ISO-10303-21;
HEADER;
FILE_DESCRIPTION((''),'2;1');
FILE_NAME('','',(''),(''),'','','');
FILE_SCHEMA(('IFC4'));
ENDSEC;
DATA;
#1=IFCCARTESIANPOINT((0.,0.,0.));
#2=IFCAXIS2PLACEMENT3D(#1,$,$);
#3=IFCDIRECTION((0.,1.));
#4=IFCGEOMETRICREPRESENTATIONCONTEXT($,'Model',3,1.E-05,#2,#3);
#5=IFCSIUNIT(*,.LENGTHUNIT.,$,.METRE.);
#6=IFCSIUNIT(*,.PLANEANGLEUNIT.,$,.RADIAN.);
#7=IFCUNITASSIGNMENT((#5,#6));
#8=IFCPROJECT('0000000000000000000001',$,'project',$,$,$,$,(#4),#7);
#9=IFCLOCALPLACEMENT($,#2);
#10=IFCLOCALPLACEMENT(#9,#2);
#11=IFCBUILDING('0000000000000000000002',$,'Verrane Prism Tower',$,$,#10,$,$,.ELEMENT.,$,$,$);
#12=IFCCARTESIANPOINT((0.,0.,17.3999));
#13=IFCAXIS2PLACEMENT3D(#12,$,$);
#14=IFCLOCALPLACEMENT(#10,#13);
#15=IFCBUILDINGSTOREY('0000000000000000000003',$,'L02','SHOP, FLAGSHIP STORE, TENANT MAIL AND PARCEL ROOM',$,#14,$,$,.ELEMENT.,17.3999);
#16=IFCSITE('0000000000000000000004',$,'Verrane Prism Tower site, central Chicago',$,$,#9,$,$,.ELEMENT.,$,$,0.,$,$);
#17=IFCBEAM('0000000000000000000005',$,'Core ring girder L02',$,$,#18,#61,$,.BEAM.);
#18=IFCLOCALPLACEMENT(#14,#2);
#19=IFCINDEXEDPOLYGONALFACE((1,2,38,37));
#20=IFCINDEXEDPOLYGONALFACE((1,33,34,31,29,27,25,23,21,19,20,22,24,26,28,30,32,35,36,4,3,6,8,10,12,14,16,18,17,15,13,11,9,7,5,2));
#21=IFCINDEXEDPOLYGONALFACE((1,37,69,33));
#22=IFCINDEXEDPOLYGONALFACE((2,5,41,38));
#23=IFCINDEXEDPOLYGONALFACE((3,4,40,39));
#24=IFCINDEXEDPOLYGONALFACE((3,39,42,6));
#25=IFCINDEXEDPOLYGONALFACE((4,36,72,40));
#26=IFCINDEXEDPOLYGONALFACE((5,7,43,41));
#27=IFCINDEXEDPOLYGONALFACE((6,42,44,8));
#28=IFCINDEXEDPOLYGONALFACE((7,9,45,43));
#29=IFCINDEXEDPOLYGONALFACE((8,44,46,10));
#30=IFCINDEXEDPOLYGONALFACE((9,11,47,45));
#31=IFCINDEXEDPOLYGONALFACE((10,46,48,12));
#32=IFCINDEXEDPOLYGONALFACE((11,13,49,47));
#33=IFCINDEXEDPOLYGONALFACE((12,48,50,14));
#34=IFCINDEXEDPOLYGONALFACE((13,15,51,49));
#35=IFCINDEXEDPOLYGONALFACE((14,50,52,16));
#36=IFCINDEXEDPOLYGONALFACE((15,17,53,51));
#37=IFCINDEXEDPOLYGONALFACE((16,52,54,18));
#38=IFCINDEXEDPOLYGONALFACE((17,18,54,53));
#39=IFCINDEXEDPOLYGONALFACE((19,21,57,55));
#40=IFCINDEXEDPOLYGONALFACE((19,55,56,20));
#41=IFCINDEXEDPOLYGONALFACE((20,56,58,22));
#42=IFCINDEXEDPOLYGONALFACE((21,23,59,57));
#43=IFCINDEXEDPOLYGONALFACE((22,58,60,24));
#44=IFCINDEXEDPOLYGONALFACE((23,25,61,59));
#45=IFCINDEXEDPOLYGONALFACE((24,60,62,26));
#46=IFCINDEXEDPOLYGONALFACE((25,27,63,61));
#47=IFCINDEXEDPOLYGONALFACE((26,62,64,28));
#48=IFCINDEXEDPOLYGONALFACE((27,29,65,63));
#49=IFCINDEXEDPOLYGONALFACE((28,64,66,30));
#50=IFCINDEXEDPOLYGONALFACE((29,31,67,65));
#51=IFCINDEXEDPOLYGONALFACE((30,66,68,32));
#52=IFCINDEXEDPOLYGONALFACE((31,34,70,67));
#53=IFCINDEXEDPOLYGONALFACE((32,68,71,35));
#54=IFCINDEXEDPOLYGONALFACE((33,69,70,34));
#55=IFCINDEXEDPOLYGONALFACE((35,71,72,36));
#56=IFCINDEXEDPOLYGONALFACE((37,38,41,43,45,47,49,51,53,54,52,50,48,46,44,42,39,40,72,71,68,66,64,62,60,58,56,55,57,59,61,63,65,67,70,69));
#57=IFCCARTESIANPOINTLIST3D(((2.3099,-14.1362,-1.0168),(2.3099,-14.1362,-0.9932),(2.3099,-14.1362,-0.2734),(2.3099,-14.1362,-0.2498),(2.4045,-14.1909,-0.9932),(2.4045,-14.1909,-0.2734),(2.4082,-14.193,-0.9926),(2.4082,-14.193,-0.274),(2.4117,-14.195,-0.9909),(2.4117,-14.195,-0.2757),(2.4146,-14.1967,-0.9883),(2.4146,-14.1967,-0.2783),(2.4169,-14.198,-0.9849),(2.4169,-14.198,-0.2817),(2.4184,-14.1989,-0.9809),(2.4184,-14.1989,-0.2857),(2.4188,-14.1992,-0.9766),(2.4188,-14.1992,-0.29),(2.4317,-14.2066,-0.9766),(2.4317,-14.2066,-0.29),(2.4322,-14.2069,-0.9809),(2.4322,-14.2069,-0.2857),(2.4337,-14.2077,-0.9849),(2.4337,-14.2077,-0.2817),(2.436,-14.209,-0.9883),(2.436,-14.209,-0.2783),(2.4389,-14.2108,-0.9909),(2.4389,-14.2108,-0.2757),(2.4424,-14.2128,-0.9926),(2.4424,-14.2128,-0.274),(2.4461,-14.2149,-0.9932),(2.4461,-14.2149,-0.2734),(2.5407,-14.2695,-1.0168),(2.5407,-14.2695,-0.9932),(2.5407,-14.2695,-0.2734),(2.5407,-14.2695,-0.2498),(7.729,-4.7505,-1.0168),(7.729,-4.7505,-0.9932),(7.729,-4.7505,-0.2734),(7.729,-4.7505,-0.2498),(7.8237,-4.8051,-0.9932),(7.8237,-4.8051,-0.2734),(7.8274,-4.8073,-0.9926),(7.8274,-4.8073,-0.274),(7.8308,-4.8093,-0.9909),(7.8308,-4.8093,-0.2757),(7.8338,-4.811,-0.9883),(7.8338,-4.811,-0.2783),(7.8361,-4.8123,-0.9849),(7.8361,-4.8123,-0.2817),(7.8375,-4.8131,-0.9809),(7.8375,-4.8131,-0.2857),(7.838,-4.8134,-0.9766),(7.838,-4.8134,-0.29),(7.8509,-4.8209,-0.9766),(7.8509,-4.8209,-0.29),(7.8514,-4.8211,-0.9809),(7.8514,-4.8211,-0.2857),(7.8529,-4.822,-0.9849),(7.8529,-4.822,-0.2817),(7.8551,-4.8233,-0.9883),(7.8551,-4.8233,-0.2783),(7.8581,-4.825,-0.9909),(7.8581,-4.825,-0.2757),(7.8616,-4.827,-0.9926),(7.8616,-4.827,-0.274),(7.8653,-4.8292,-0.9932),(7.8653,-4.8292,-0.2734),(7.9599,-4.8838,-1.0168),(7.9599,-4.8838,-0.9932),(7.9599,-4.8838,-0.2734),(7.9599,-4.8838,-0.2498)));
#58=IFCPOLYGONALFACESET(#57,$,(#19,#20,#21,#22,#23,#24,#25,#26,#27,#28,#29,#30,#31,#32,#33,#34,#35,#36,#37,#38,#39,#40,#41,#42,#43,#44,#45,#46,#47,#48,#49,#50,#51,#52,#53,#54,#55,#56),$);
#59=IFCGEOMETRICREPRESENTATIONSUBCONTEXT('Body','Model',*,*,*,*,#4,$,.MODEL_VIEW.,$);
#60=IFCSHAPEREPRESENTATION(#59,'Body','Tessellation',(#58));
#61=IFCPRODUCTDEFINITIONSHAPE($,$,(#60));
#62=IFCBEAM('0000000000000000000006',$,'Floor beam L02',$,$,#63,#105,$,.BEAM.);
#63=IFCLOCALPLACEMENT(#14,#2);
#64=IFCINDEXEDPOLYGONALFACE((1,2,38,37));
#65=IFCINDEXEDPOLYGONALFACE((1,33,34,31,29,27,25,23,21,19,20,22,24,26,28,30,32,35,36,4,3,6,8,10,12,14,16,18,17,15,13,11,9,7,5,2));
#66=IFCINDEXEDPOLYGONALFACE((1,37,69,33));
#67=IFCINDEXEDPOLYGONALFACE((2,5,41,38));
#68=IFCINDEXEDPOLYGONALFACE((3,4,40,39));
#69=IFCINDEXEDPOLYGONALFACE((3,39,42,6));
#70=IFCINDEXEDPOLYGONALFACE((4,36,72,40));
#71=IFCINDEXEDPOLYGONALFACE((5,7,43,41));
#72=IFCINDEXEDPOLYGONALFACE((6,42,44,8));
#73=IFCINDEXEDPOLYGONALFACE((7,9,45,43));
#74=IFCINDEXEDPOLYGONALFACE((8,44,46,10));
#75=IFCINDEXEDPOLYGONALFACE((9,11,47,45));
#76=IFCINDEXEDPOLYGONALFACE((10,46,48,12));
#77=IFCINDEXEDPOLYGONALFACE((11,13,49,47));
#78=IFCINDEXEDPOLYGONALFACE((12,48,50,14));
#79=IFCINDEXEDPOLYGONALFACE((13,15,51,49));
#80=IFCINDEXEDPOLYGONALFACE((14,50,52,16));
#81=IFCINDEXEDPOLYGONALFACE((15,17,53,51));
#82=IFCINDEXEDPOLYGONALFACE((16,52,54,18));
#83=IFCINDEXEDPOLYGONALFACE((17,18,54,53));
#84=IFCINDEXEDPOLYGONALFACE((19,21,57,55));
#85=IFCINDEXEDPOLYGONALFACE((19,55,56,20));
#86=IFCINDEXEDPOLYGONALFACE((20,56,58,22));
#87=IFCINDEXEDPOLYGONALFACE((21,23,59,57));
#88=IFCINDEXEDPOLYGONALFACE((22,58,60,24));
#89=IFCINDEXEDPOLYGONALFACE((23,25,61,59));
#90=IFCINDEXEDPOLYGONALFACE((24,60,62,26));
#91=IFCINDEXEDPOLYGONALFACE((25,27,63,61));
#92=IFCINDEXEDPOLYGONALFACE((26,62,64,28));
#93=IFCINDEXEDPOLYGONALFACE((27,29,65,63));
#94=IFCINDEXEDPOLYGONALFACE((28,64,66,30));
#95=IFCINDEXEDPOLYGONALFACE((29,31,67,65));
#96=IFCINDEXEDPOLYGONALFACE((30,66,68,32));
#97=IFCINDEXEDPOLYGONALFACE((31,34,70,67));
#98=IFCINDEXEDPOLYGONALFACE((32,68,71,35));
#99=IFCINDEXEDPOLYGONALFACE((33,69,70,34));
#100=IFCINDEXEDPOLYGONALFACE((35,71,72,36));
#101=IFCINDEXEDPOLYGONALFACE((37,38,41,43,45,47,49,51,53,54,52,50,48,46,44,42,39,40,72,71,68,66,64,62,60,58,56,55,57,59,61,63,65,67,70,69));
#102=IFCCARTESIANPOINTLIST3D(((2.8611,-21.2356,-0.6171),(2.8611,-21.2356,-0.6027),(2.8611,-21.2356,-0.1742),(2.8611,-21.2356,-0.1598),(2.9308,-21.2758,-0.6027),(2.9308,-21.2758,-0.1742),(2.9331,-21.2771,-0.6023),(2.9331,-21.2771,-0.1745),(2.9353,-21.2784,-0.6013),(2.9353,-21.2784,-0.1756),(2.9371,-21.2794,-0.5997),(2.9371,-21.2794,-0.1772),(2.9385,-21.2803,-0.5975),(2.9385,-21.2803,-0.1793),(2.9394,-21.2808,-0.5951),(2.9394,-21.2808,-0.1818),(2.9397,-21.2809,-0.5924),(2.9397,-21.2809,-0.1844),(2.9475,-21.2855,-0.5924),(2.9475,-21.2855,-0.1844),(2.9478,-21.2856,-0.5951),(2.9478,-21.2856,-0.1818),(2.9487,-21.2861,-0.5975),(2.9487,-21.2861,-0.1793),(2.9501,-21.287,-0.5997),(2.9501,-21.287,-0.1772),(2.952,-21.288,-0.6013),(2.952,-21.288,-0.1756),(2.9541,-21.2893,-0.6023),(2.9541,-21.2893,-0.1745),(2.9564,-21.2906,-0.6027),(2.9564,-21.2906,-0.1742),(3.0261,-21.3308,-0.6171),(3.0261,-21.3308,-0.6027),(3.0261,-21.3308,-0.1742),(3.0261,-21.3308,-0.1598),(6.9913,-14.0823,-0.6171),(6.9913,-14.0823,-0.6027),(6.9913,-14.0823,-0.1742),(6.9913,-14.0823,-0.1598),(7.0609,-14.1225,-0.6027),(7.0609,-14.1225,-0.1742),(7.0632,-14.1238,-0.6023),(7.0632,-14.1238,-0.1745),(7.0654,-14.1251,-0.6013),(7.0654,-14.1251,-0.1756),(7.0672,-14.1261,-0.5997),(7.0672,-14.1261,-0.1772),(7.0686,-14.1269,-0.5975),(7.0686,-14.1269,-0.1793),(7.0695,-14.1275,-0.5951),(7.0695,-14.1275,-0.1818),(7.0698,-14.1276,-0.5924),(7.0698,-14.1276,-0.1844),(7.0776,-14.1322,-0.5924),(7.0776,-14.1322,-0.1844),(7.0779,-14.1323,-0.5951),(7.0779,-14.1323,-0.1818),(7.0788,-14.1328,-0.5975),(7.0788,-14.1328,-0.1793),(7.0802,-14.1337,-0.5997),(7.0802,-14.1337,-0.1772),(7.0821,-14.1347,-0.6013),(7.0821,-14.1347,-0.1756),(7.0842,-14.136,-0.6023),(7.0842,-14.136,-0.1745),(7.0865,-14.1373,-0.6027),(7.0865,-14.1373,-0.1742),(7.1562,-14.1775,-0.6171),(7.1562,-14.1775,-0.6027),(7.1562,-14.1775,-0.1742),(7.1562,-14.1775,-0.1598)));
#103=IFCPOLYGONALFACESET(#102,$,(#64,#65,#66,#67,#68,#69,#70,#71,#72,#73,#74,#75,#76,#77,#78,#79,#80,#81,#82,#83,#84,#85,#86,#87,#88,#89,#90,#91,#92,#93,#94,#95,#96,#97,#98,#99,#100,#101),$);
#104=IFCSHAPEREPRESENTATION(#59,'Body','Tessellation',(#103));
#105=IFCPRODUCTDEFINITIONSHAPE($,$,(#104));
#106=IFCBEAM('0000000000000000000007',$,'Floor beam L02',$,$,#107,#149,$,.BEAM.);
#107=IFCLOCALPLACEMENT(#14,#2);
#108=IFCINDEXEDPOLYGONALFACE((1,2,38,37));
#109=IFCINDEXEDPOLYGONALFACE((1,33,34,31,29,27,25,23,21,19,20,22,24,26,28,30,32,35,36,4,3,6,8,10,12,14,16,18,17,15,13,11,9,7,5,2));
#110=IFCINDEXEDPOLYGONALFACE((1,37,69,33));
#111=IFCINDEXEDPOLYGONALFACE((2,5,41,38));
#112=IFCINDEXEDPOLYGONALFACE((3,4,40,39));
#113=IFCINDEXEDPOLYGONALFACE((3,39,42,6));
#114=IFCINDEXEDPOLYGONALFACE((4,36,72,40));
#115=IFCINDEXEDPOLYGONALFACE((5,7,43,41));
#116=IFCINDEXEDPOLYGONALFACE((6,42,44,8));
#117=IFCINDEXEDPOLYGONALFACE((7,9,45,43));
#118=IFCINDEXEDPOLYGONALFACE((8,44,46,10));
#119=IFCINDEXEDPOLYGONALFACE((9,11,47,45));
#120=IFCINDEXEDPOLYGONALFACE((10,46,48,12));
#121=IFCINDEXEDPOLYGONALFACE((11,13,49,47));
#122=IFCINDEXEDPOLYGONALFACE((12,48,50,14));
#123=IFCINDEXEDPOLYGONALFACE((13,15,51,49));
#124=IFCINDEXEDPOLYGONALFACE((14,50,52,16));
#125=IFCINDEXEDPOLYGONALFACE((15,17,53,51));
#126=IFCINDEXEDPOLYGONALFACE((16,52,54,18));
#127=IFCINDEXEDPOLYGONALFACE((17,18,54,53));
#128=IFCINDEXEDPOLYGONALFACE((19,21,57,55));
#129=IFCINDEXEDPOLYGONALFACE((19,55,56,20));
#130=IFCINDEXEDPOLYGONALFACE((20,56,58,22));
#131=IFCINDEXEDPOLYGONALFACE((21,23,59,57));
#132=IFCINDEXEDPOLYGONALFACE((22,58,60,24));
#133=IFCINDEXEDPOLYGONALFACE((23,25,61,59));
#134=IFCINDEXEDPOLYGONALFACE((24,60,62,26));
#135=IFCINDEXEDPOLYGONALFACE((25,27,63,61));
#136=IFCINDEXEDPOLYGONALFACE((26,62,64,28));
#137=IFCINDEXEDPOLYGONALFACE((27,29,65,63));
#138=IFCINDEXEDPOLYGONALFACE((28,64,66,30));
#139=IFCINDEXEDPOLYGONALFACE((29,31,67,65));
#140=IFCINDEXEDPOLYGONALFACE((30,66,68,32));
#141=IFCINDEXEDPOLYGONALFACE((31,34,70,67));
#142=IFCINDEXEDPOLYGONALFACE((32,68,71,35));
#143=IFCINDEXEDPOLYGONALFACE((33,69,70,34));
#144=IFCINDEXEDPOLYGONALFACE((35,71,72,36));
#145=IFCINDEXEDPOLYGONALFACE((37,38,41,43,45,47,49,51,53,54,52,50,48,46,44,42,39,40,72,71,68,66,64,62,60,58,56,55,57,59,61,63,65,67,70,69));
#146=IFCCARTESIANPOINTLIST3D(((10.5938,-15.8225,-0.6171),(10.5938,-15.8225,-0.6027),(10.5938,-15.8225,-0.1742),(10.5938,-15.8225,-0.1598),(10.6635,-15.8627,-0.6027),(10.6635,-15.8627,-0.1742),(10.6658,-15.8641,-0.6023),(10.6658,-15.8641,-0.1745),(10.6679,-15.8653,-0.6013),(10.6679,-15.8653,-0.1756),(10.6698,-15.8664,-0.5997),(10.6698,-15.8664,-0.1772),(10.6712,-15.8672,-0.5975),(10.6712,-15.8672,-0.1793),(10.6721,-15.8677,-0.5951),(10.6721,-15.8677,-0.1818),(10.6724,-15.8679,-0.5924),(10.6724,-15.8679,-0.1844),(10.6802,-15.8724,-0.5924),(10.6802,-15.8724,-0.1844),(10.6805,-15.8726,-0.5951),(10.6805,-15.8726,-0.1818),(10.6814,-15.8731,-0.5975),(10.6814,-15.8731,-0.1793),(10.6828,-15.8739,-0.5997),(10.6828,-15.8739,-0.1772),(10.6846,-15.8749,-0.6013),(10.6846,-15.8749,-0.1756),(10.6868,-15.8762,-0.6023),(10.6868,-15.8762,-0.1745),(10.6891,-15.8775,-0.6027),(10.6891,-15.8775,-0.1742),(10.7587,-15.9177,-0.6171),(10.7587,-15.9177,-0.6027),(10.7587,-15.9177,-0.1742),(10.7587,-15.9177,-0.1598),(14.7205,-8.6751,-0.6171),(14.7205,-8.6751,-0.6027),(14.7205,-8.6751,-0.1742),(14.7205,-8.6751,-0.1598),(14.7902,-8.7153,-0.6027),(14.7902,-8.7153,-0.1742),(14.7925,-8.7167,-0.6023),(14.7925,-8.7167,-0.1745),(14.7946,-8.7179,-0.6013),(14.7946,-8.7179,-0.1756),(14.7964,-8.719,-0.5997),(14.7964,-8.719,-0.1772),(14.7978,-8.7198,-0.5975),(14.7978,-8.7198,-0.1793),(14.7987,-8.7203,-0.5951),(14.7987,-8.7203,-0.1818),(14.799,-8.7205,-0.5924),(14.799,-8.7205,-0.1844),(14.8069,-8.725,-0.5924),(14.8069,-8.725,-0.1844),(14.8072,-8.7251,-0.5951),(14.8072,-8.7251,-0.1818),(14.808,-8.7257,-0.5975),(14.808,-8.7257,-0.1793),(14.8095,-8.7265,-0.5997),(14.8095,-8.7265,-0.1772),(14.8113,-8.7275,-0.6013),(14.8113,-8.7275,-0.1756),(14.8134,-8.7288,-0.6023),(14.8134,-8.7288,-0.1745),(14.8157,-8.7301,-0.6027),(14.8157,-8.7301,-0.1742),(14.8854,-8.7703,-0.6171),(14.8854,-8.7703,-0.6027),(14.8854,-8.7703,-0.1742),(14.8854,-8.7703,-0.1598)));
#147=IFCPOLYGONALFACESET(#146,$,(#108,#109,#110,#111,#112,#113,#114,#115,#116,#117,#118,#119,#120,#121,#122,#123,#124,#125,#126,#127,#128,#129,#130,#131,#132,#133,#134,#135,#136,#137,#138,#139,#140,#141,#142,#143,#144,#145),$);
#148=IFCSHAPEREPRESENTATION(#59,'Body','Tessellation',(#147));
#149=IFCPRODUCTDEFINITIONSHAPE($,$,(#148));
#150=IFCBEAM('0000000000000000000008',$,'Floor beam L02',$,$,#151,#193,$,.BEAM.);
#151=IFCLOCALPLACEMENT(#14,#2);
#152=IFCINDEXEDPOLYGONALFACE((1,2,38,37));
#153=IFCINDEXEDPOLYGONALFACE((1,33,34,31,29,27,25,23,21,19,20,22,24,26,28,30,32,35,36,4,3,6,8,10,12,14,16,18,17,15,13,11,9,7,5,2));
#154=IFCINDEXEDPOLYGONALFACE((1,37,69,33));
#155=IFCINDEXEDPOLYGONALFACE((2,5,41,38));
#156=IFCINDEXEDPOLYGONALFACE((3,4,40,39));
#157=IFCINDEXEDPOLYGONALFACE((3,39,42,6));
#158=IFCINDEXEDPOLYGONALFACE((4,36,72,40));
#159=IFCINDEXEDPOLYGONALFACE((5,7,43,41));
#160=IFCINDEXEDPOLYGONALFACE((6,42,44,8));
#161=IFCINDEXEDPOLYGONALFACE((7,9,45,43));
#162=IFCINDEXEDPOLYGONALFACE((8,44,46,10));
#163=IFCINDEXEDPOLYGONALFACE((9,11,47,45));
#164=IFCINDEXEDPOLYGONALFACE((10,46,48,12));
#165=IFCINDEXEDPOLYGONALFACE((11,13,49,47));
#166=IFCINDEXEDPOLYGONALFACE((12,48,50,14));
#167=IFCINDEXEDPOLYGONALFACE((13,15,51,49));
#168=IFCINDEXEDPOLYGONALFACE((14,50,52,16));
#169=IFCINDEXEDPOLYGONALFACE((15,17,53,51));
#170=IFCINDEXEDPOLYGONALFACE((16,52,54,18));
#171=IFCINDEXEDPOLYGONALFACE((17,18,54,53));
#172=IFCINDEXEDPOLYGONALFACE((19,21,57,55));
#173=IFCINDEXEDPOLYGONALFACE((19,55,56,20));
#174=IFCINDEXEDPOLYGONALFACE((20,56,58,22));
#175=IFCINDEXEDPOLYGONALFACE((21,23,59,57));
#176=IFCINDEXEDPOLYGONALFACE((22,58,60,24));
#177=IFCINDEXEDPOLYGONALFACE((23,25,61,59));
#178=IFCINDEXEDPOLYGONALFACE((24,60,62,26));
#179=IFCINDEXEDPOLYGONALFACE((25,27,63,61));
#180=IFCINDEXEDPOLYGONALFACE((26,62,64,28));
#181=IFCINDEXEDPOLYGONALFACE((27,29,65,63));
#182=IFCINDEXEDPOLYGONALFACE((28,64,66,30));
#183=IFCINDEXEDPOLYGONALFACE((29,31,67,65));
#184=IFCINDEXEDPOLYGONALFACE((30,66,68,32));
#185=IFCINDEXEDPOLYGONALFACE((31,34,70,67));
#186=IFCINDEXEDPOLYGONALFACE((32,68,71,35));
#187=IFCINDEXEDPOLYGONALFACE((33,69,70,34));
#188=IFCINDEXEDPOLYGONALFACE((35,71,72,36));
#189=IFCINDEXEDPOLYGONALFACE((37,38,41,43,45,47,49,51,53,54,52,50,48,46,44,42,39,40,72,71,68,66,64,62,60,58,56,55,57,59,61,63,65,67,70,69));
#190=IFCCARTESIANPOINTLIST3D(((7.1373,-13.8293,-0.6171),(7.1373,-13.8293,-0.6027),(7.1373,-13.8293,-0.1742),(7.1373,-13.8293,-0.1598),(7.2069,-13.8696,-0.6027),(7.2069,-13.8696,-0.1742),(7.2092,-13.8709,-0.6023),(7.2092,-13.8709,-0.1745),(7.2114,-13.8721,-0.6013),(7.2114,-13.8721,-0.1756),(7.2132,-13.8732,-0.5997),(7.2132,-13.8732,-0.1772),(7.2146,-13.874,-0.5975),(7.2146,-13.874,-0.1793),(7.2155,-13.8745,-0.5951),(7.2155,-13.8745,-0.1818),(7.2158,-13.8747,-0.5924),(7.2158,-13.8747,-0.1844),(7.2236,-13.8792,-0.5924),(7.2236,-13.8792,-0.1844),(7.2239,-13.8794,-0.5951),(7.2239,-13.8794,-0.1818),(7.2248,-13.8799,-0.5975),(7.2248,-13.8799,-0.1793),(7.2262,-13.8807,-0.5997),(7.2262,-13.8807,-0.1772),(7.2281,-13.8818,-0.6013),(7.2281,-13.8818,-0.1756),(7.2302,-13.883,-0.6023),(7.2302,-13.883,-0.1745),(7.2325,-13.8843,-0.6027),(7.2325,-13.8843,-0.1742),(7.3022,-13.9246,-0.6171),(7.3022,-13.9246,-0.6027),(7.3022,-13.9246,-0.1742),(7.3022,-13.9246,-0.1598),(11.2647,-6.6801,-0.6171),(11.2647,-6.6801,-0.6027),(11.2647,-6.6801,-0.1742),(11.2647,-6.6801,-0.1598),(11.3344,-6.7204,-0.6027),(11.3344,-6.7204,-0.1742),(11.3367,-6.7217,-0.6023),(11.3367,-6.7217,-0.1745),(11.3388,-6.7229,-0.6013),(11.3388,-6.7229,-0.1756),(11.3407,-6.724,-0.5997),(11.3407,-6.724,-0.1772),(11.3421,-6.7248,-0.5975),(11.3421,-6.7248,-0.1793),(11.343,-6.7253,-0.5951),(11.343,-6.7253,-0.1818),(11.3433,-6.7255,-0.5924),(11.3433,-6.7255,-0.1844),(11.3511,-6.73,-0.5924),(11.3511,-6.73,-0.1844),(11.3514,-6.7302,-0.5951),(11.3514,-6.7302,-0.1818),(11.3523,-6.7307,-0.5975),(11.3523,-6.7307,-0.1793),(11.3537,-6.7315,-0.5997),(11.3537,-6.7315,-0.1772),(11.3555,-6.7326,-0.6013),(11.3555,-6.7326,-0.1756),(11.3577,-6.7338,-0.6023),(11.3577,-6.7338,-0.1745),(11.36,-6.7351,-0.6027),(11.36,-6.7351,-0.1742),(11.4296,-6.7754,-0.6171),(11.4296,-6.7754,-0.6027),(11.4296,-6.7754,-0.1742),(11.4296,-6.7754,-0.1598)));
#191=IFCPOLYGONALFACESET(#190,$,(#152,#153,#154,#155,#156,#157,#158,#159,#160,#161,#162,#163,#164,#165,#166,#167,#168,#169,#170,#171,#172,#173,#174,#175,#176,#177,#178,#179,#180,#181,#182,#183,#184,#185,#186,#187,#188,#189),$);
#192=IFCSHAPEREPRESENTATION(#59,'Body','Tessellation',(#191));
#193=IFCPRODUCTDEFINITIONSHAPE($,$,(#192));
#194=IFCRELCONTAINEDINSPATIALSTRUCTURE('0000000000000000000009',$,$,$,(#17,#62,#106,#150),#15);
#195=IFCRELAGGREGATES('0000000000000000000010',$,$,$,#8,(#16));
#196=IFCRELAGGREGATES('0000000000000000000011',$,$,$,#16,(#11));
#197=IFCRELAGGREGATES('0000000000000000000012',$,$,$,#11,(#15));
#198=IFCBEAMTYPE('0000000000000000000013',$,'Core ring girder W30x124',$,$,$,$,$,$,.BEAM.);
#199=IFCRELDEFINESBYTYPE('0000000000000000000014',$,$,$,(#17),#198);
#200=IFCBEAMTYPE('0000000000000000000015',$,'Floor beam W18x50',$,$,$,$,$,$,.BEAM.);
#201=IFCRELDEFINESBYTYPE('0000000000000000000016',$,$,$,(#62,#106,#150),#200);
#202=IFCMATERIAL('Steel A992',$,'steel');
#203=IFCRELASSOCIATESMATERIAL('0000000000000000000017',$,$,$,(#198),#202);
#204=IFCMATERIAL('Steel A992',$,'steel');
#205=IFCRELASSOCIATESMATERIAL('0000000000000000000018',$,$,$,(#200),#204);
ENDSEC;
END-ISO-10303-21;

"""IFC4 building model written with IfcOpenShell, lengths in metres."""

from ifc_helpers import new_model, si_unit, direction, frame, origin, origin_2d, place, context, subcontext, project, spatial, i_section, extrude, material, material_profile, profile_set, type_object, element, save


model = new_model("IFC4")

# Units and contexts
model_context = context("Model", 3, precision=1e-05, world=origin(), true_north=direction((0.0, 1.0)))
body_context = subcontext(model_context, "Body", "Model", "MODEL_VIEW")
ifc_project = project(units=[si_unit("LENGTHUNIT", "METRE"), si_unit("PLANEANGLEUNIT", "RADIAN")], contexts=[model_context])

# Site, building, storey
site_placement = place(None, origin())
site = spatial("IfcSite", under=ifc_project, at=site_placement, Name="Verrane Prism Tower site, central Chicago", CompositionType="ELEMENT", RefElevation=0.0)
building_placement = place(site_placement, origin())
building = spatial("IfcBuilding", under=site, at=building_placement, Name="Verrane Prism Tower", CompositionType="ELEMENT")
storey_placement = place(building_placement, frame((0.0, 0.0, 17.3999)))
storey = spatial("IfcBuildingStorey", under=building, at=storey_placement, Name="L02", Description="SHOP, FLAGSHIP STORE, TENANT MAIL AND PARCEL ROOM", CompositionType="ELEMENT", Elevation=17.3999)

# Beams
ifc_material_1 = material(Name="Steel A992", Category="steel")
ifc_material_profile_1 = material_profile(ifc_material_1, i_section(OverallWidth=0.2666, OverallDepth=0.7671, WebThickness=0.0149, FlangeThickness=0.0237, FilletRadius=0.0166, at=origin_2d()), Name="W30x124")
ifc_profile_set_1 = profile_set([ifc_material_profile_1], Name="Steel A992")
beam_type_1 = type_object("IfcBeamType", Name="Core ring girder W30x124", PredefinedType="BEAM", material=ifc_profile_set_1)
beam_1_placement = place(storey_placement, frame((2.4253, -14.2029, -0.6333), z_axis=(0.500023, 0.866012, 0.0), x_axis=(-0.866012, 0.500023, 0.0)))
element("IfcBeam", 1, at=beam_1_placement, inside=storey, type_object=beam_type_1, Name="Core ring girder L02", PredefinedType="BEAM", context=body_context, shape_type="SweptSolid", body=[
    extrude(i_section(OverallWidth=0.2666, OverallDepth=0.7671, WebThickness=0.0149, FlangeThickness=0.0237, FilletRadius=0.0166, at=origin_2d()), origin(), (0.0, 0.0, 1.0), 10.8379),
])
ifc_material_2 = material(Name="Steel A992", Category="steel")
ifc_material_profile_2 = material_profile(ifc_material_2, i_section(OverallWidth=0.1904, OverallDepth=0.4573, WebThickness=0.009, FlangeThickness=0.0144, FilletRadius=0.0103, at=origin_2d()), Name="W18x50")
ifc_profile_set_2 = profile_set([ifc_material_profile_2], Name="Steel A992")
beam_type_2 = type_object("IfcBeamType", Name="Floor beam W18x50", PredefinedType="BEAM", material=ifc_profile_set_2)
beam_2_placement = place(storey_placement, frame((2.9436, -21.2832, -0.3884), z_axis=(0.500014, 0.866017, 0.0), x_axis=(-0.866017, 0.500014, 0.0)))
element("IfcBeam", 2, at=beam_2_placement, inside=storey, type_object=beam_type_2, Name="Floor beam L02", PredefinedType="BEAM", context=body_context, shape_type="SweptSolid", body=[
    extrude(i_section(OverallWidth=0.1904, OverallDepth=0.4573, WebThickness=0.009, FlangeThickness=0.0144, FilletRadius=0.0103, at=origin_2d()), origin(), (0.0, 0.0, 1.0), 8.26),
])
beam_3_placement = place(storey_placement, frame((10.6763, -15.8701, -0.3884), z_axis=(0.500011, 0.866019, 0.0), x_axis=(-0.866019, 0.500011, 0.0)))
element("IfcBeam", 3, at=beam_3_placement, inside=storey, type_object=beam_type_2, Name="Floor beam L02", PredefinedType="BEAM", context=body_context, shape_type="SweptSolid", body=[
    extrude(i_section(OverallWidth=0.1904, OverallDepth=0.4573, WebThickness=0.009, FlangeThickness=0.0144, FilletRadius=0.0103, at=origin_2d()), origin(), (0.0, 0.0, 1.0), 8.2532),
])
beam_4_placement = place(storey_placement, frame((7.2197, -13.877, -0.3884), z_axis=(0.499988, 0.866032, 0.0), x_axis=(-0.866032, 0.499988, 0.0)))
element("IfcBeam", 4, at=beam_4_placement, inside=storey, type_object=beam_type_2, Name="Floor beam L02", PredefinedType="BEAM", context=body_context, shape_type="SweptSolid", body=[
    extrude(i_section(OverallWidth=0.1904, OverallDepth=0.4573, WebThickness=0.009, FlangeThickness=0.0144, FilletRadius=0.0103, at=origin_2d()), origin(), (0.0, 0.0, 1.0), 8.2551),
])

save(model, "model.ifc")
